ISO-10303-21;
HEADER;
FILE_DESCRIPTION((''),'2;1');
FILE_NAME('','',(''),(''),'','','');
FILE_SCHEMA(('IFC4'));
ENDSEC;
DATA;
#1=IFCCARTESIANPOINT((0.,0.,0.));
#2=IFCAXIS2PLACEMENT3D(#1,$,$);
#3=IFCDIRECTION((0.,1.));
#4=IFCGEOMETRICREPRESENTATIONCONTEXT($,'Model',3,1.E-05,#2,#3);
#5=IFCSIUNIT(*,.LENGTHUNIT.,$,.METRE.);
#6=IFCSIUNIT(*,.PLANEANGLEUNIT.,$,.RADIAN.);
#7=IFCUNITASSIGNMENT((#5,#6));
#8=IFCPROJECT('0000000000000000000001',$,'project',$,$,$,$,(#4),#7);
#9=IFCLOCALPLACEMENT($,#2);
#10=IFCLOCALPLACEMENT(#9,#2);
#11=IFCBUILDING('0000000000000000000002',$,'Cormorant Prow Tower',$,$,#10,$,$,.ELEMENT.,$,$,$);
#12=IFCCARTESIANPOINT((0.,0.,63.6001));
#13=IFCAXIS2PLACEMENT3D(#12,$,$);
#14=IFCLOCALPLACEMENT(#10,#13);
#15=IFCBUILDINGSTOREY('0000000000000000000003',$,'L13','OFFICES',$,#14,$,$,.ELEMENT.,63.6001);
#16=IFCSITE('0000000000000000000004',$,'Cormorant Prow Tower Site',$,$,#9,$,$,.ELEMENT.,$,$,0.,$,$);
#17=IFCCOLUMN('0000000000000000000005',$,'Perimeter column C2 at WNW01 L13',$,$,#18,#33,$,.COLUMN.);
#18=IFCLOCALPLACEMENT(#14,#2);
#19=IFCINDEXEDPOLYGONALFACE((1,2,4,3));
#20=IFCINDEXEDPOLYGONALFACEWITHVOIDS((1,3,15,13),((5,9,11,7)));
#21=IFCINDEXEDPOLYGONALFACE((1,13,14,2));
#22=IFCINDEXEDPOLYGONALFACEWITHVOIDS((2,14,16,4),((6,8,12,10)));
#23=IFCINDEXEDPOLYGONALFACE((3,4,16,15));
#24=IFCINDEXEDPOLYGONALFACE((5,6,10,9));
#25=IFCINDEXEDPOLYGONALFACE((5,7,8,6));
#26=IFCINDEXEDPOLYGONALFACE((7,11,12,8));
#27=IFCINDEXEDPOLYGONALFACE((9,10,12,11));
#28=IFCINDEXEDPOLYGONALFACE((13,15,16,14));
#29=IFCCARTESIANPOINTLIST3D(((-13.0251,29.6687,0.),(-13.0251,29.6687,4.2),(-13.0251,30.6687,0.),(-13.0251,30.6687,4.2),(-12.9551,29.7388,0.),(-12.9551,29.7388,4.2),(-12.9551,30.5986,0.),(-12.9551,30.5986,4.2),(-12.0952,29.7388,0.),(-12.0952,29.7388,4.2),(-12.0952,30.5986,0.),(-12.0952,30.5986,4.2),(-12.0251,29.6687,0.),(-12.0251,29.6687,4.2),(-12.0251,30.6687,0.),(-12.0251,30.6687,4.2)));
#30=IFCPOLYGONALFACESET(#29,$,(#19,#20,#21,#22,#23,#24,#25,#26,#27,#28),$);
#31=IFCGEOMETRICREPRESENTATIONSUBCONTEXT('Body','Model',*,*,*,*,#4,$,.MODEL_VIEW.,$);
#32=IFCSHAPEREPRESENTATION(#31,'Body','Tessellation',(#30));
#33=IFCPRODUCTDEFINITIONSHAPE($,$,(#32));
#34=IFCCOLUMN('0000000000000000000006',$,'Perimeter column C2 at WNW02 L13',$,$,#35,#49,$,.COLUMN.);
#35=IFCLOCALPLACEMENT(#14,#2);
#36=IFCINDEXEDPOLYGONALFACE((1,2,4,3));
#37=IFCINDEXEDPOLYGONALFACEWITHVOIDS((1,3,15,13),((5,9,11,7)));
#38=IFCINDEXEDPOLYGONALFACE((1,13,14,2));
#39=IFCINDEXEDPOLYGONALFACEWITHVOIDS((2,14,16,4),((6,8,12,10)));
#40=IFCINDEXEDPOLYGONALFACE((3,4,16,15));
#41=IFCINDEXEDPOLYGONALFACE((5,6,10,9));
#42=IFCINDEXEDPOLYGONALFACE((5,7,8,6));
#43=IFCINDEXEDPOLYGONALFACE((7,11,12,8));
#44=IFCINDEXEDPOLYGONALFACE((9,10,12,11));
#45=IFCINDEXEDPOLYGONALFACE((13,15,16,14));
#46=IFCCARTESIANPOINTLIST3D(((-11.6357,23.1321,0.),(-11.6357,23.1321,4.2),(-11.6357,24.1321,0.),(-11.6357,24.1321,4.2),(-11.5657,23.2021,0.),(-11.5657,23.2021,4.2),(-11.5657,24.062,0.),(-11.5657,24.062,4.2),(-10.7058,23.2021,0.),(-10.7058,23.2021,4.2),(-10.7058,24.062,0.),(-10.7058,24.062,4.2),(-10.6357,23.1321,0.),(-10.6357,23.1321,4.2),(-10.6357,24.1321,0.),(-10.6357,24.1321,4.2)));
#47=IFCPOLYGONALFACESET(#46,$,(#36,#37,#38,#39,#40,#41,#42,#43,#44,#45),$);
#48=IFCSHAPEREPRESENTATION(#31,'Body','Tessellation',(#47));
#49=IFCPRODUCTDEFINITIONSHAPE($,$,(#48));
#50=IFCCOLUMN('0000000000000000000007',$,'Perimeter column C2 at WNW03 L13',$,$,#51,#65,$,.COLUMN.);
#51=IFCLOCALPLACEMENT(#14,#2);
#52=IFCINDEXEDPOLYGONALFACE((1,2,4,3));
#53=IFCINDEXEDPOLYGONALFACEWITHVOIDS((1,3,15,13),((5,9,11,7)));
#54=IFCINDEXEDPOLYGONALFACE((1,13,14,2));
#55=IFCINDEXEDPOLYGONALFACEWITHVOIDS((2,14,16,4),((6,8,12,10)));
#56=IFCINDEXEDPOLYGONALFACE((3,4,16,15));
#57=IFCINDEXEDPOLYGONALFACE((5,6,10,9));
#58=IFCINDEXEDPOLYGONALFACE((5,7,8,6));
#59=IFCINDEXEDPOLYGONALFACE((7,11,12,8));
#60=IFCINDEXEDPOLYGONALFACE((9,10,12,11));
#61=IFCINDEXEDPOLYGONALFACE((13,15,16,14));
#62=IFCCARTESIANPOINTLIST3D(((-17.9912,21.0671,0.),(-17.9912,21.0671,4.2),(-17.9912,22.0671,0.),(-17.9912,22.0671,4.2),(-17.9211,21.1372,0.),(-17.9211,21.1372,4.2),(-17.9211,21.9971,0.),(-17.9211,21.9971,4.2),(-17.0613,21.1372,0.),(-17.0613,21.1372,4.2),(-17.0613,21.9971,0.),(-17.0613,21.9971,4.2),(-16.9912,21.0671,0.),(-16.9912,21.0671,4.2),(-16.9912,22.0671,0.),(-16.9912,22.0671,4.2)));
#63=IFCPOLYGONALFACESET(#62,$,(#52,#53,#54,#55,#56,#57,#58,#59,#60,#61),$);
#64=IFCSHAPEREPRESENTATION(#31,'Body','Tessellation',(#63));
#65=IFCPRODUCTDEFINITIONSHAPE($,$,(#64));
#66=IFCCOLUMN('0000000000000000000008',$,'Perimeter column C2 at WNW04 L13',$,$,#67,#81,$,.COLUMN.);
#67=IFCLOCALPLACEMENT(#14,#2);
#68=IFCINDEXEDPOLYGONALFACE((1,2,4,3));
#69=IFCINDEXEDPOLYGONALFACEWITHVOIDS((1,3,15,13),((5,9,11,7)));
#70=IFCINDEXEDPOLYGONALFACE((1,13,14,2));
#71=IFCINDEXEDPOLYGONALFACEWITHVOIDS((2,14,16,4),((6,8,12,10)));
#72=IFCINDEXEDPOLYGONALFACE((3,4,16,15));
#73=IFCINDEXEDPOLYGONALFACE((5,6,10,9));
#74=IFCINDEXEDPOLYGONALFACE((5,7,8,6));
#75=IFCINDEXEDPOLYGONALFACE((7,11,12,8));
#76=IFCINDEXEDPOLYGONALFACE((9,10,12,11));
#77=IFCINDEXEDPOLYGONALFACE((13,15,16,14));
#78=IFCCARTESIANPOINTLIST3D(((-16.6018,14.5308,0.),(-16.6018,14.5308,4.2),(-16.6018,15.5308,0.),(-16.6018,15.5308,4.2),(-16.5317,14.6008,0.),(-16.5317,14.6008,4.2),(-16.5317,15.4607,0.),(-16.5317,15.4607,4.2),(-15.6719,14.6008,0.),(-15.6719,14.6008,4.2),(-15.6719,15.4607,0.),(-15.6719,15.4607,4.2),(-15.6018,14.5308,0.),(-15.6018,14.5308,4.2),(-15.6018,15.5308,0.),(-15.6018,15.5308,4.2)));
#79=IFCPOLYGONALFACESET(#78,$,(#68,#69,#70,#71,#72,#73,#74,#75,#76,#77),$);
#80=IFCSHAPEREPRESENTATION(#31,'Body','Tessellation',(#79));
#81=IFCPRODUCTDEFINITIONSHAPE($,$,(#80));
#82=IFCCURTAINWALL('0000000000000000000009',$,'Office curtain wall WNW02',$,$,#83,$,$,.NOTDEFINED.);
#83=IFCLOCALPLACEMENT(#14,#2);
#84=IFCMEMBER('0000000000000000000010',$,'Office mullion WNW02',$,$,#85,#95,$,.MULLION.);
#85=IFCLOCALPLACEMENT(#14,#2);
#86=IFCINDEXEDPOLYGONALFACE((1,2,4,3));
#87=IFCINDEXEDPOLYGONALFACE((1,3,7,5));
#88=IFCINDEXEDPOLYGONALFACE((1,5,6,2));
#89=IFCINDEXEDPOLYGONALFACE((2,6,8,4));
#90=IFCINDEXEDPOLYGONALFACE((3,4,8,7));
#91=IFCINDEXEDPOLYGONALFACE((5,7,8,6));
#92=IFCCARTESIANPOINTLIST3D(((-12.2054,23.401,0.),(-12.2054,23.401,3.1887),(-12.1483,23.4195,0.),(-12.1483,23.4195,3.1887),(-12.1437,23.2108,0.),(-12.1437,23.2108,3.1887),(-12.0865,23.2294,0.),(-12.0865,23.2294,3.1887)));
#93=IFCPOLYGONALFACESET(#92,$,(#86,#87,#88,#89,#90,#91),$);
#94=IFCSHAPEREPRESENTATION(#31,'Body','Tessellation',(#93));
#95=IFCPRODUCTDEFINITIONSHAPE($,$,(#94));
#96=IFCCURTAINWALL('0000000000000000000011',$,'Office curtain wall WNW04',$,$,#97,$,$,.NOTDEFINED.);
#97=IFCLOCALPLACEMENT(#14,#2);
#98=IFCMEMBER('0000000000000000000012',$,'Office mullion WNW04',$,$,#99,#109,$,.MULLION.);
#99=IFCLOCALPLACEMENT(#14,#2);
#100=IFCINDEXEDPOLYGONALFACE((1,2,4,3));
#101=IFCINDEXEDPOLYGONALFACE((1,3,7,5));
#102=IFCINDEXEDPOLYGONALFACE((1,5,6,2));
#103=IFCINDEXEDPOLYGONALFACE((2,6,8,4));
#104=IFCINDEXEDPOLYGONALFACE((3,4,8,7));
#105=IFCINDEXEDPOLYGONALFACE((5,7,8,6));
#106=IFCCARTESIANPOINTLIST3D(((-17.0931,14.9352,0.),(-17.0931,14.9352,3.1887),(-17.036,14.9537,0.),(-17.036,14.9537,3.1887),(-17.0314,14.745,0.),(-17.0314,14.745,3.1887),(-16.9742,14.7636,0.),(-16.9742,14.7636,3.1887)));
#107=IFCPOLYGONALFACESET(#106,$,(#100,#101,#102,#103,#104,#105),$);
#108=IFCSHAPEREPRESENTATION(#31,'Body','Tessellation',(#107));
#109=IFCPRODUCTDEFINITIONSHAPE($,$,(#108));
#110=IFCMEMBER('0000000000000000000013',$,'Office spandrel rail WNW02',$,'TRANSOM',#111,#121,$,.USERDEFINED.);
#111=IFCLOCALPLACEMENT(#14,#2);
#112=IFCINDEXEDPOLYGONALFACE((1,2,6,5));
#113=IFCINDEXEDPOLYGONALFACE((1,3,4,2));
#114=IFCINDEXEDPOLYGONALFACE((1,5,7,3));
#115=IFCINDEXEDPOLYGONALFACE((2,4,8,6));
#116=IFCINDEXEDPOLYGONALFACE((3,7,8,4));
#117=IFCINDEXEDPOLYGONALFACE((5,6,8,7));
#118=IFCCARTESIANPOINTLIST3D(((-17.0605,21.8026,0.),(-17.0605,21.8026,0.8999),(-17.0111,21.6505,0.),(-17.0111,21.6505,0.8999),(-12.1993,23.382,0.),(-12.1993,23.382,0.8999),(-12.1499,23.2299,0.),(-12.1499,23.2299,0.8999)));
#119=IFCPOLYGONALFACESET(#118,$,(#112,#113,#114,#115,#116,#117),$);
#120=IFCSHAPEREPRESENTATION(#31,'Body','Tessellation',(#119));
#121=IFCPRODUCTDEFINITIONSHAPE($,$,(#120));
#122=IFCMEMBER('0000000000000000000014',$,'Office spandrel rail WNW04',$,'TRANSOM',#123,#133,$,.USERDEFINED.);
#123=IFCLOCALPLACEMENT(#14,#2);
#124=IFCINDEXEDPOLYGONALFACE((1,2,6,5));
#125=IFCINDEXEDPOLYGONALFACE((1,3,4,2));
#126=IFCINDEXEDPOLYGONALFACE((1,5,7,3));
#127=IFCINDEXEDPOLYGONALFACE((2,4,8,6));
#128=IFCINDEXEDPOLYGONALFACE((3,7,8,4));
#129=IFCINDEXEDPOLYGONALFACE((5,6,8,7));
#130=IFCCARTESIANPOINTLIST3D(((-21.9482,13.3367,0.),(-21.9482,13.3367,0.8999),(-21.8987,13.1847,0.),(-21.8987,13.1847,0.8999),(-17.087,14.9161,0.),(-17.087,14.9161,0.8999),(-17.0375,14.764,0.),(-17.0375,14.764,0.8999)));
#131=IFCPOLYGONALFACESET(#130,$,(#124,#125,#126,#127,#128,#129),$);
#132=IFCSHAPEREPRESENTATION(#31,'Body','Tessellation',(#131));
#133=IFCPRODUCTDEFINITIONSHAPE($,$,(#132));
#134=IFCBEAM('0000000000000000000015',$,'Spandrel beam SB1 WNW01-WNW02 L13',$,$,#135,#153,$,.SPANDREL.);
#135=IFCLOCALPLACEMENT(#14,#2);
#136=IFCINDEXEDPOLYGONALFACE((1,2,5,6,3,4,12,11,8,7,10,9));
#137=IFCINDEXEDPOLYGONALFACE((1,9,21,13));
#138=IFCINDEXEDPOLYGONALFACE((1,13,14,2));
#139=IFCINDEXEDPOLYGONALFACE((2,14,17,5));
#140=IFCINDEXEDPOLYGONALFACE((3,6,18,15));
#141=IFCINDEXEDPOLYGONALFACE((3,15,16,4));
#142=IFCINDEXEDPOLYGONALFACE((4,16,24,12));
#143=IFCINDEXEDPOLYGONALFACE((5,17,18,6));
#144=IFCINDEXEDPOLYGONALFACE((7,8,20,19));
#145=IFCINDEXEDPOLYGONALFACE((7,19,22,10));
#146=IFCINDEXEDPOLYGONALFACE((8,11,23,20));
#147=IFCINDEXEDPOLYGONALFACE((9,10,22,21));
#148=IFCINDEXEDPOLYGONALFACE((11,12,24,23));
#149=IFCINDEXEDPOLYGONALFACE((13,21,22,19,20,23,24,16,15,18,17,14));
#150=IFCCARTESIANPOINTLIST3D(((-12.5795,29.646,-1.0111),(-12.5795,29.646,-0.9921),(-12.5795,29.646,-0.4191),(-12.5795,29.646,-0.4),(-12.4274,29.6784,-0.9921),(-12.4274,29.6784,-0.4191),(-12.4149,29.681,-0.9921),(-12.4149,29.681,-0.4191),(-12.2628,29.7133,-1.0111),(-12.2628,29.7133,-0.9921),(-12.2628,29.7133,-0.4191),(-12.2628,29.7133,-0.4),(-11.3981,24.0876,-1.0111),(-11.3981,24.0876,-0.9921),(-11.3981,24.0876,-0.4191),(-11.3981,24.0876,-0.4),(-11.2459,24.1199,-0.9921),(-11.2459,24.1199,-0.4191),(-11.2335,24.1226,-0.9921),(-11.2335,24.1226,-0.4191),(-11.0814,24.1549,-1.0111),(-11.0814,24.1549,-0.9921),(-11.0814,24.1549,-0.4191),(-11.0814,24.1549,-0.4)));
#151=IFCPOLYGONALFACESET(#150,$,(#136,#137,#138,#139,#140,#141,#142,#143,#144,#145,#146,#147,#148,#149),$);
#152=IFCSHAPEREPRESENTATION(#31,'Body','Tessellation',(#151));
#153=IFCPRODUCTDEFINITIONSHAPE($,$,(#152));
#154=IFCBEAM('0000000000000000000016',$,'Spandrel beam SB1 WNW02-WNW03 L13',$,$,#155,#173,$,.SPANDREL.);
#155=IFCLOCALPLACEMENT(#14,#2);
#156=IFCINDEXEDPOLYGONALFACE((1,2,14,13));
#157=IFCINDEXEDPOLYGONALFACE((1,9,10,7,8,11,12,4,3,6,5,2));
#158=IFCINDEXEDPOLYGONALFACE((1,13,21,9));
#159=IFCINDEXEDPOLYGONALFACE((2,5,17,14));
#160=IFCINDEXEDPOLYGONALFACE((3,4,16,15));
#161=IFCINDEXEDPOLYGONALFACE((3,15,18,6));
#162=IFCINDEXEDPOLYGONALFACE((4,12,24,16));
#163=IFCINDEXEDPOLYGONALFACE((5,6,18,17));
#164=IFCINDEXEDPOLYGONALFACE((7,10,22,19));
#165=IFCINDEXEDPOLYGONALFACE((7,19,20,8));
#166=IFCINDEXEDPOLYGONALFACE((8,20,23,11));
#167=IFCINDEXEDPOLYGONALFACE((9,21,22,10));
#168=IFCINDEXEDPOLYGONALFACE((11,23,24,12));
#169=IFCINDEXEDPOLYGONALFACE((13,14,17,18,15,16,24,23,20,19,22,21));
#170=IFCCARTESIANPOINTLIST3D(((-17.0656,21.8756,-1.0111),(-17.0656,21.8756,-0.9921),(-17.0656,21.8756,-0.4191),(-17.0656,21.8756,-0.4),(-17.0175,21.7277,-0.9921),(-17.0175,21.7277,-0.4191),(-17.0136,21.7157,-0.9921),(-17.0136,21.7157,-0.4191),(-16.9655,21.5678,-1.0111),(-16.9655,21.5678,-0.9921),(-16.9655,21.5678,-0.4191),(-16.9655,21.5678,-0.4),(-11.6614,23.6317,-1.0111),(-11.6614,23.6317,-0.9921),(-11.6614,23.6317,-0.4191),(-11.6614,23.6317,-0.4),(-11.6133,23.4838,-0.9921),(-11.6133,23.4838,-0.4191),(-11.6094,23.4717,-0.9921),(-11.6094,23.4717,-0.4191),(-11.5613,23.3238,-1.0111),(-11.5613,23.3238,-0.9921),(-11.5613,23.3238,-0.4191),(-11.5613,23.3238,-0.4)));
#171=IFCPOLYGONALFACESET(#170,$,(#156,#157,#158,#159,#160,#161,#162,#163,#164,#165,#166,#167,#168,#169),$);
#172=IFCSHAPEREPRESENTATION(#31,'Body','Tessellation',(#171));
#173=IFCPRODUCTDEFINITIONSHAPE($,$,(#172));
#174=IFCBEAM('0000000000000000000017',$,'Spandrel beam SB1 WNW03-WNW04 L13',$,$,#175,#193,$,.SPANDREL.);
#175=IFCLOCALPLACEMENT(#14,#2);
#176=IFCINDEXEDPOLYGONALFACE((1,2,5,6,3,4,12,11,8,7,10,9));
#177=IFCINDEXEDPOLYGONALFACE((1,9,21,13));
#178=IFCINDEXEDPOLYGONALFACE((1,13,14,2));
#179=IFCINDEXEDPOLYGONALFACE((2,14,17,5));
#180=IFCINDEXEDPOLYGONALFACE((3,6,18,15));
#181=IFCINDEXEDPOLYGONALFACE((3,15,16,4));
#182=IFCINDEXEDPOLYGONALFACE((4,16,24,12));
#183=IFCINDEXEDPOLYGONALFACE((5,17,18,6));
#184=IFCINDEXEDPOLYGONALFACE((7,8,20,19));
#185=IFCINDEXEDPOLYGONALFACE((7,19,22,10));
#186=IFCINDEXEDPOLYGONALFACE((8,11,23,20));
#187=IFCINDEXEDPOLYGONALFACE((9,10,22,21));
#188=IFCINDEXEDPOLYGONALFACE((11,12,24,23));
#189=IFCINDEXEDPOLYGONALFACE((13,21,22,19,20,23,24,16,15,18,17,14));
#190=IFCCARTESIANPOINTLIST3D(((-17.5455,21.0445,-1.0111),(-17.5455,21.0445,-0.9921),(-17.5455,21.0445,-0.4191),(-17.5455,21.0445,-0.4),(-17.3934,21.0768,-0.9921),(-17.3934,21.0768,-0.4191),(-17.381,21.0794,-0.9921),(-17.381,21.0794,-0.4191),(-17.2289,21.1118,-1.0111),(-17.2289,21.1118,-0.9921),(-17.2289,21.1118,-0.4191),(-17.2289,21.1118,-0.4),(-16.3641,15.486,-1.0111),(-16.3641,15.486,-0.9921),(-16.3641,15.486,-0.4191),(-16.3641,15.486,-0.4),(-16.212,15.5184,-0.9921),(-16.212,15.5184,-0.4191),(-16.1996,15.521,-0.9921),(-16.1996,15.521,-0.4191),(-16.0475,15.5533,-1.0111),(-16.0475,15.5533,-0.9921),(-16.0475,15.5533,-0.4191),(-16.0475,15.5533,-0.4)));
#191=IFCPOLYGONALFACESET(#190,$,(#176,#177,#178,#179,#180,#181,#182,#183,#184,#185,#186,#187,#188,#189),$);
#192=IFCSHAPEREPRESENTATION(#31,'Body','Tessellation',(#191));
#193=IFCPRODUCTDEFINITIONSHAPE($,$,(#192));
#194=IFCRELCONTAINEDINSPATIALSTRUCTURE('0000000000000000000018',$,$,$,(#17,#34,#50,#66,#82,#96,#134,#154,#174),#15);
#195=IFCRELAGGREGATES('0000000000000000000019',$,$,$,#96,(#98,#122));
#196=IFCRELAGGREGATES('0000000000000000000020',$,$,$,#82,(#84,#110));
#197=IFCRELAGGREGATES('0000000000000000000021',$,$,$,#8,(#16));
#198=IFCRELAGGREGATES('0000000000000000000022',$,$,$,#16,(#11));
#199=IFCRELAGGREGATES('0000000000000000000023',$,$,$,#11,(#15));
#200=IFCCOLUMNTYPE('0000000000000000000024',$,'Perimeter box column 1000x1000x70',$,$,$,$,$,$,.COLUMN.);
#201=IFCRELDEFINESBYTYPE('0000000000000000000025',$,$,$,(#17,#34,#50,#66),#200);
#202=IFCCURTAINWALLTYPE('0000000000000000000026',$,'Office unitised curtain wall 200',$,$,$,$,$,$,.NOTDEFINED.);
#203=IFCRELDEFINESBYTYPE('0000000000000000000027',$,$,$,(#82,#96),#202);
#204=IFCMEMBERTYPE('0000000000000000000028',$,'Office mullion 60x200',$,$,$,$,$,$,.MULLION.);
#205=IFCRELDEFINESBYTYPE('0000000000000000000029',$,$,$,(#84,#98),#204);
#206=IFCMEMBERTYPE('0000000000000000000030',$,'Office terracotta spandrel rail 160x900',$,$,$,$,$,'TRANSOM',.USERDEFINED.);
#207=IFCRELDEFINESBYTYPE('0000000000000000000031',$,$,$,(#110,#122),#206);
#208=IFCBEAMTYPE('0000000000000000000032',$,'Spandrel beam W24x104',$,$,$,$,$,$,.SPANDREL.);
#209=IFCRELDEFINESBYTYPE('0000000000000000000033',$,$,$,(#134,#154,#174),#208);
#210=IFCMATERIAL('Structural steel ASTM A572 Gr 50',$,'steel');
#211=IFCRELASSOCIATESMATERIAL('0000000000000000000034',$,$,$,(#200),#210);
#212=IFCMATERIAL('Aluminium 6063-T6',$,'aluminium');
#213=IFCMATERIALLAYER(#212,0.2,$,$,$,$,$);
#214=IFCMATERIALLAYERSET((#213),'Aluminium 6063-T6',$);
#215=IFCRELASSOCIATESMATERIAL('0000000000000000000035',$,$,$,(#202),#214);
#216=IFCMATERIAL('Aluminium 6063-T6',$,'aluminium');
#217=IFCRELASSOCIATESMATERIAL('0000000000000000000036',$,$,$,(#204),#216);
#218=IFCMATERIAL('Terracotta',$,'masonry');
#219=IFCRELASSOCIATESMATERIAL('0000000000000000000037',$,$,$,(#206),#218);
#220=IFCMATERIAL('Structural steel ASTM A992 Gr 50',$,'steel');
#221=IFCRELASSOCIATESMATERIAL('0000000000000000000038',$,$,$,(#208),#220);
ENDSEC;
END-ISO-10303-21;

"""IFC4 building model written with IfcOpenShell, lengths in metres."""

from ifc_helpers import new_model, si_unit, direction, frame, origin, origin_2d, place, context, subcontext, project, spatial, rectangle, hollow_rectangle, i_section, extrude, material, layer, layer_set, material_profile, profile_set, type_object, element, aggregate, save


model = new_model("IFC4")

# Units and contexts
model_context = context("Model", 3, precision=1e-05, world=origin(), true_north=direction((0.0, 1.0)))
body_context = subcontext(model_context, "Body", "Model", "MODEL_VIEW")
ifc_project = project(units=[si_unit("LENGTHUNIT", "METRE"), si_unit("PLANEANGLEUNIT", "RADIAN")], contexts=[model_context])

# Site, building, storey
site_placement = place(None, origin())
site = spatial("IfcSite", under=ifc_project, at=site_placement, Name="Cormorant Prow Tower Site", CompositionType="ELEMENT", RefElevation=0.0)
building_placement = place(site_placement, origin())
building = spatial("IfcBuilding", under=site, at=building_placement, Name="Cormorant Prow Tower", CompositionType="ELEMENT")
storey_placement = place(building_placement, frame((0.0, 0.0, 63.6001)))
storey = spatial("IfcBuildingStorey", under=building, at=storey_placement, Name="L13", Description="OFFICES", CompositionType="ELEMENT", Elevation=63.6001)

# Columns
ifc_material_1 = material(Name="Structural steel ASTM A572 Gr 50", Category="steel")
ifc_material_profile_1 = material_profile(ifc_material_1, hollow_rectangle(XDim=1.0, YDim=1.0, WallThickness=0.0701, at=origin_2d()), Name="Box 1000x1000x70")
ifc_profile_set_1 = profile_set([ifc_material_profile_1], Name="Structural steel ASTM A572 Gr 50")
column_type = type_object("IfcColumnType", Name="Perimeter box column 1000x1000x70", PredefinedType="COLUMN", material=ifc_profile_set_1)
for number, where, z_axis, x_axis, name in (
    (1, (-12.5251, 30.1687, 0.0), (0.0, 0.0, 1.0), (1.0, 0.0, 0.0), "Perimeter column C2 at WNW01 L13"),
    (2, (-11.1357, 23.6321, 0.0), (0.0, 0.0, 1.0), (1.0, 0.0, 0.0), "Perimeter column C2 at WNW02 L13"),
    (3, (-17.4912, 21.5671, 0.0), (0.0, 0.0, 1.0), (1.0, 0.0, 0.0), "Perimeter column C2 at WNW03 L13"),
    (4, (-16.1018, 15.0308, 0.0), (0.0, 0.0, 1.0), (1.0, 0.0, 0.0), "Perimeter column C2 at WNW04 L13"),
):
    element("IfcColumn", number, at=place(storey_placement, frame(where, z_axis=z_axis, x_axis=x_axis)), inside=storey, type_object=column_type, Name=name, PredefinedType="COLUMN", context=body_context, shape_type="SweptSolid", body=[
        extrude(hollow_rectangle(XDim=1.0, YDim=1.0, WallThickness=0.0701, at=origin_2d()), origin(), (0.0, 0.0, 1.0), 4.2),
    ])

# Curtain walls, members
ifc_material_2 = material(Name="Aluminium 6063-T6", Category="aluminium")
ifc_layer_1 = layer(ifc_material_2, 0.2)
ifc_layer_set_1 = layer_set([ifc_layer_1], Name="Aluminium 6063-T6")
curtain_wall_type = type_object("IfcCurtainWallType", Name="Office unitised curtain wall 200", PredefinedType="NOTDEFINED", material=ifc_layer_set_1)
curtain_wall_1_placement = place(storey_placement, origin())
curtain_wall_1 = element("IfcCurtainWall", 5, at=curtain_wall_1_placement, inside=storey, type_object=curtain_wall_type, Name="Office curtain wall WNW02", PredefinedType="NOTDEFINED")
ifc_material_3 = material(Name="Aluminium 6063-T6", Category="aluminium")
ifc_material_profile_2 = material_profile(ifc_material_3, rectangle(XDim=0.2, YDim=0.0601, at=origin_2d()), Name="Office mullion 60x200")
ifc_profile_set_2 = profile_set([ifc_material_profile_2], Name="Aluminium 6063-T6")
member_type_1 = type_object("IfcMemberType", Name="Office mullion 60x200", PredefinedType="MULLION", material=ifc_profile_set_2)
member_1_placement = place(storey_placement, frame((-12.146, 23.3152, 0.0), z_axis=(0.0, 0.0, 1.0), x_axis=(0.309017, -0.951057, 0.0)))
member_1 = element("IfcMember", 6, at=member_1_placement, type_object=member_type_1, Name="Office mullion WNW02", PredefinedType="MULLION", context=body_context, shape_type="SweptSolid", body=[
    extrude(rectangle(XDim=0.2, YDim=0.0601, at=origin_2d()), origin(), (0.0, 0.0, 1.0), 3.1887),
])
curtain_wall_2_placement = place(storey_placement, origin())
curtain_wall_2 = element("IfcCurtainWall", 7, at=curtain_wall_2_placement, inside=storey, type_object=curtain_wall_type, Name="Office curtain wall WNW04", PredefinedType="NOTDEFINED")
member_2_placement = place(storey_placement, frame((-17.0337, 14.8494, 0.0), z_axis=(0.0, 0.0, 1.0), x_axis=(0.309017, -0.951056, 0.0)))
member_2 = element("IfcMember", 8, at=member_2_placement, type_object=member_type_1, Name="Office mullion WNW04", PredefinedType="MULLION", context=body_context, shape_type="SweptSolid", body=[
    extrude(rectangle(XDim=0.2, YDim=0.0601, at=origin_2d()), origin(), (0.0, 0.0, 1.0), 3.1887),
])

# Members
ifc_material_4 = material(Name="Terracotta", Category="masonry")
ifc_material_profile_3 = material_profile(ifc_material_4, rectangle(XDim=0.1599, YDim=0.8999, at=origin_2d()), Name="Office terracotta spandrel rail 160x900")
ifc_profile_set_3 = profile_set([ifc_material_profile_3], Name="Terracotta")
member_type_2 = type_object("IfcMemberType", Name="Office terracotta spandrel rail 160x900", ElementType="TRANSOM", PredefinedType="USERDEFINED", material=ifc_profile_set_3)
member_3_placement = place(storey_placement, frame((-12.1746, 23.3059, 0.45), z_axis=(-0.951063, -0.308996, 0.0), x_axis=(0.308996, -0.951063, 0.0)))
member_3 = element("IfcMember", 9, at=member_3_placement, type_object=member_type_2, Name="Office spandrel rail WNW02", ObjectType="TRANSOM", PredefinedType="USERDEFINED", context=body_context, shape_type="SweptSolid", body=[
    extrude(rectangle(XDim=0.1599, YDim=0.8999, at=origin_2d()), origin(), (0.0, 0.0, 1.0), 5.1113),
])
member_4_placement = place(storey_placement, frame((-17.0623, 14.8401, 0.45), z_axis=(-0.951063, -0.308996, 0.0), x_axis=(0.308996, -0.951063, 0.0)))
member_4 = element("IfcMember", 10, at=member_4_placement, type_object=member_type_2, Name="Office spandrel rail WNW04", ObjectType="TRANSOM", PredefinedType="USERDEFINED", context=body_context, shape_type="SweptSolid", body=[
    extrude(rectangle(XDim=0.1599, YDim=0.8999, at=origin_2d()), origin(), (0.0, 0.0, 1.0), 5.1113),
])
aggregate(curtain_wall_2, [member_2, member_4])

# Beams
ifc_material_5 = material(Name="Structural steel ASTM A992 Gr 50", Category="steel")
ifc_material_profile_4 = material_profile(ifc_material_5, i_section(OverallWidth=0.3237, OverallDepth=0.6111, WebThickness=0.0127, FlangeThickness=0.019, at=origin_2d()), Name="W24x104")
ifc_profile_set_4 = profile_set([ifc_material_profile_4], Name="Structural steel ASTM A992 Gr 50")
beam_type = type_object("IfcBeamType", Name="Spandrel beam W24x104", PredefinedType="SPANDREL", material=ifc_profile_set_4)
beam_1_placement = place(storey_placement, frame((-12.4211, 29.6797, -0.7056), z_axis=(0.2079, -0.97815, 0.0), x_axis=(0.97815, 0.2079, 0.0)))
element("IfcBeam", 11, at=beam_1_placement, inside=storey, type_object=beam_type, Name="Spandrel beam SB1 WNW01-WNW02 L13", PredefinedType="SPANDREL", context=body_context, shape_type="SweptSolid", body=[
    extrude(i_section(OverallWidth=0.3237, OverallDepth=0.6111, WebThickness=0.0127, FlangeThickness=0.019, at=origin_2d()), origin(), (0.0, 0.0, 1.0), 5.6826),
])
beam_2_placement = place(storey_placement, frame((-11.6113, 23.4778, -0.7056), z_axis=(-0.951049, -0.309039, 0.0), x_axis=(0.309039, -0.951049, 0.0)))
element("IfcBeam", 12, at=beam_2_placement, inside=storey, type_object=beam_type, Name="Spandrel beam SB1 WNW02-WNW03 L13", PredefinedType="SPANDREL", context=body_context, shape_type="SweptSolid", body=[
    extrude(i_section(OverallWidth=0.3237, OverallDepth=0.6111, WebThickness=0.0127, FlangeThickness=0.019, at=origin_2d()), origin(), (0.0, 0.0, 1.0), 5.6824),
])
beam_3_placement = place(storey_placement, frame((-17.3872, 21.0781, -0.7056), z_axis=(0.2079, -0.97815, 0.0), x_axis=(0.97815, 0.2079, 0.0)))
element("IfcBeam", 13, at=beam_3_placement, inside=storey, type_object=beam_type, Name="Spandrel beam SB1 WNW03-WNW04 L13", PredefinedType="SPANDREL", context=body_context, shape_type="SweptSolid", body=[
    extrude(i_section(OverallWidth=0.3237, OverallDepth=0.6111, WebThickness=0.0127, FlangeThickness=0.019, at=origin_2d()), origin(), (0.0, 0.0, 1.0), 5.6826),
])

aggregate(curtain_wall_1, [member_1, member_3])

save(model, "model.ifc")
